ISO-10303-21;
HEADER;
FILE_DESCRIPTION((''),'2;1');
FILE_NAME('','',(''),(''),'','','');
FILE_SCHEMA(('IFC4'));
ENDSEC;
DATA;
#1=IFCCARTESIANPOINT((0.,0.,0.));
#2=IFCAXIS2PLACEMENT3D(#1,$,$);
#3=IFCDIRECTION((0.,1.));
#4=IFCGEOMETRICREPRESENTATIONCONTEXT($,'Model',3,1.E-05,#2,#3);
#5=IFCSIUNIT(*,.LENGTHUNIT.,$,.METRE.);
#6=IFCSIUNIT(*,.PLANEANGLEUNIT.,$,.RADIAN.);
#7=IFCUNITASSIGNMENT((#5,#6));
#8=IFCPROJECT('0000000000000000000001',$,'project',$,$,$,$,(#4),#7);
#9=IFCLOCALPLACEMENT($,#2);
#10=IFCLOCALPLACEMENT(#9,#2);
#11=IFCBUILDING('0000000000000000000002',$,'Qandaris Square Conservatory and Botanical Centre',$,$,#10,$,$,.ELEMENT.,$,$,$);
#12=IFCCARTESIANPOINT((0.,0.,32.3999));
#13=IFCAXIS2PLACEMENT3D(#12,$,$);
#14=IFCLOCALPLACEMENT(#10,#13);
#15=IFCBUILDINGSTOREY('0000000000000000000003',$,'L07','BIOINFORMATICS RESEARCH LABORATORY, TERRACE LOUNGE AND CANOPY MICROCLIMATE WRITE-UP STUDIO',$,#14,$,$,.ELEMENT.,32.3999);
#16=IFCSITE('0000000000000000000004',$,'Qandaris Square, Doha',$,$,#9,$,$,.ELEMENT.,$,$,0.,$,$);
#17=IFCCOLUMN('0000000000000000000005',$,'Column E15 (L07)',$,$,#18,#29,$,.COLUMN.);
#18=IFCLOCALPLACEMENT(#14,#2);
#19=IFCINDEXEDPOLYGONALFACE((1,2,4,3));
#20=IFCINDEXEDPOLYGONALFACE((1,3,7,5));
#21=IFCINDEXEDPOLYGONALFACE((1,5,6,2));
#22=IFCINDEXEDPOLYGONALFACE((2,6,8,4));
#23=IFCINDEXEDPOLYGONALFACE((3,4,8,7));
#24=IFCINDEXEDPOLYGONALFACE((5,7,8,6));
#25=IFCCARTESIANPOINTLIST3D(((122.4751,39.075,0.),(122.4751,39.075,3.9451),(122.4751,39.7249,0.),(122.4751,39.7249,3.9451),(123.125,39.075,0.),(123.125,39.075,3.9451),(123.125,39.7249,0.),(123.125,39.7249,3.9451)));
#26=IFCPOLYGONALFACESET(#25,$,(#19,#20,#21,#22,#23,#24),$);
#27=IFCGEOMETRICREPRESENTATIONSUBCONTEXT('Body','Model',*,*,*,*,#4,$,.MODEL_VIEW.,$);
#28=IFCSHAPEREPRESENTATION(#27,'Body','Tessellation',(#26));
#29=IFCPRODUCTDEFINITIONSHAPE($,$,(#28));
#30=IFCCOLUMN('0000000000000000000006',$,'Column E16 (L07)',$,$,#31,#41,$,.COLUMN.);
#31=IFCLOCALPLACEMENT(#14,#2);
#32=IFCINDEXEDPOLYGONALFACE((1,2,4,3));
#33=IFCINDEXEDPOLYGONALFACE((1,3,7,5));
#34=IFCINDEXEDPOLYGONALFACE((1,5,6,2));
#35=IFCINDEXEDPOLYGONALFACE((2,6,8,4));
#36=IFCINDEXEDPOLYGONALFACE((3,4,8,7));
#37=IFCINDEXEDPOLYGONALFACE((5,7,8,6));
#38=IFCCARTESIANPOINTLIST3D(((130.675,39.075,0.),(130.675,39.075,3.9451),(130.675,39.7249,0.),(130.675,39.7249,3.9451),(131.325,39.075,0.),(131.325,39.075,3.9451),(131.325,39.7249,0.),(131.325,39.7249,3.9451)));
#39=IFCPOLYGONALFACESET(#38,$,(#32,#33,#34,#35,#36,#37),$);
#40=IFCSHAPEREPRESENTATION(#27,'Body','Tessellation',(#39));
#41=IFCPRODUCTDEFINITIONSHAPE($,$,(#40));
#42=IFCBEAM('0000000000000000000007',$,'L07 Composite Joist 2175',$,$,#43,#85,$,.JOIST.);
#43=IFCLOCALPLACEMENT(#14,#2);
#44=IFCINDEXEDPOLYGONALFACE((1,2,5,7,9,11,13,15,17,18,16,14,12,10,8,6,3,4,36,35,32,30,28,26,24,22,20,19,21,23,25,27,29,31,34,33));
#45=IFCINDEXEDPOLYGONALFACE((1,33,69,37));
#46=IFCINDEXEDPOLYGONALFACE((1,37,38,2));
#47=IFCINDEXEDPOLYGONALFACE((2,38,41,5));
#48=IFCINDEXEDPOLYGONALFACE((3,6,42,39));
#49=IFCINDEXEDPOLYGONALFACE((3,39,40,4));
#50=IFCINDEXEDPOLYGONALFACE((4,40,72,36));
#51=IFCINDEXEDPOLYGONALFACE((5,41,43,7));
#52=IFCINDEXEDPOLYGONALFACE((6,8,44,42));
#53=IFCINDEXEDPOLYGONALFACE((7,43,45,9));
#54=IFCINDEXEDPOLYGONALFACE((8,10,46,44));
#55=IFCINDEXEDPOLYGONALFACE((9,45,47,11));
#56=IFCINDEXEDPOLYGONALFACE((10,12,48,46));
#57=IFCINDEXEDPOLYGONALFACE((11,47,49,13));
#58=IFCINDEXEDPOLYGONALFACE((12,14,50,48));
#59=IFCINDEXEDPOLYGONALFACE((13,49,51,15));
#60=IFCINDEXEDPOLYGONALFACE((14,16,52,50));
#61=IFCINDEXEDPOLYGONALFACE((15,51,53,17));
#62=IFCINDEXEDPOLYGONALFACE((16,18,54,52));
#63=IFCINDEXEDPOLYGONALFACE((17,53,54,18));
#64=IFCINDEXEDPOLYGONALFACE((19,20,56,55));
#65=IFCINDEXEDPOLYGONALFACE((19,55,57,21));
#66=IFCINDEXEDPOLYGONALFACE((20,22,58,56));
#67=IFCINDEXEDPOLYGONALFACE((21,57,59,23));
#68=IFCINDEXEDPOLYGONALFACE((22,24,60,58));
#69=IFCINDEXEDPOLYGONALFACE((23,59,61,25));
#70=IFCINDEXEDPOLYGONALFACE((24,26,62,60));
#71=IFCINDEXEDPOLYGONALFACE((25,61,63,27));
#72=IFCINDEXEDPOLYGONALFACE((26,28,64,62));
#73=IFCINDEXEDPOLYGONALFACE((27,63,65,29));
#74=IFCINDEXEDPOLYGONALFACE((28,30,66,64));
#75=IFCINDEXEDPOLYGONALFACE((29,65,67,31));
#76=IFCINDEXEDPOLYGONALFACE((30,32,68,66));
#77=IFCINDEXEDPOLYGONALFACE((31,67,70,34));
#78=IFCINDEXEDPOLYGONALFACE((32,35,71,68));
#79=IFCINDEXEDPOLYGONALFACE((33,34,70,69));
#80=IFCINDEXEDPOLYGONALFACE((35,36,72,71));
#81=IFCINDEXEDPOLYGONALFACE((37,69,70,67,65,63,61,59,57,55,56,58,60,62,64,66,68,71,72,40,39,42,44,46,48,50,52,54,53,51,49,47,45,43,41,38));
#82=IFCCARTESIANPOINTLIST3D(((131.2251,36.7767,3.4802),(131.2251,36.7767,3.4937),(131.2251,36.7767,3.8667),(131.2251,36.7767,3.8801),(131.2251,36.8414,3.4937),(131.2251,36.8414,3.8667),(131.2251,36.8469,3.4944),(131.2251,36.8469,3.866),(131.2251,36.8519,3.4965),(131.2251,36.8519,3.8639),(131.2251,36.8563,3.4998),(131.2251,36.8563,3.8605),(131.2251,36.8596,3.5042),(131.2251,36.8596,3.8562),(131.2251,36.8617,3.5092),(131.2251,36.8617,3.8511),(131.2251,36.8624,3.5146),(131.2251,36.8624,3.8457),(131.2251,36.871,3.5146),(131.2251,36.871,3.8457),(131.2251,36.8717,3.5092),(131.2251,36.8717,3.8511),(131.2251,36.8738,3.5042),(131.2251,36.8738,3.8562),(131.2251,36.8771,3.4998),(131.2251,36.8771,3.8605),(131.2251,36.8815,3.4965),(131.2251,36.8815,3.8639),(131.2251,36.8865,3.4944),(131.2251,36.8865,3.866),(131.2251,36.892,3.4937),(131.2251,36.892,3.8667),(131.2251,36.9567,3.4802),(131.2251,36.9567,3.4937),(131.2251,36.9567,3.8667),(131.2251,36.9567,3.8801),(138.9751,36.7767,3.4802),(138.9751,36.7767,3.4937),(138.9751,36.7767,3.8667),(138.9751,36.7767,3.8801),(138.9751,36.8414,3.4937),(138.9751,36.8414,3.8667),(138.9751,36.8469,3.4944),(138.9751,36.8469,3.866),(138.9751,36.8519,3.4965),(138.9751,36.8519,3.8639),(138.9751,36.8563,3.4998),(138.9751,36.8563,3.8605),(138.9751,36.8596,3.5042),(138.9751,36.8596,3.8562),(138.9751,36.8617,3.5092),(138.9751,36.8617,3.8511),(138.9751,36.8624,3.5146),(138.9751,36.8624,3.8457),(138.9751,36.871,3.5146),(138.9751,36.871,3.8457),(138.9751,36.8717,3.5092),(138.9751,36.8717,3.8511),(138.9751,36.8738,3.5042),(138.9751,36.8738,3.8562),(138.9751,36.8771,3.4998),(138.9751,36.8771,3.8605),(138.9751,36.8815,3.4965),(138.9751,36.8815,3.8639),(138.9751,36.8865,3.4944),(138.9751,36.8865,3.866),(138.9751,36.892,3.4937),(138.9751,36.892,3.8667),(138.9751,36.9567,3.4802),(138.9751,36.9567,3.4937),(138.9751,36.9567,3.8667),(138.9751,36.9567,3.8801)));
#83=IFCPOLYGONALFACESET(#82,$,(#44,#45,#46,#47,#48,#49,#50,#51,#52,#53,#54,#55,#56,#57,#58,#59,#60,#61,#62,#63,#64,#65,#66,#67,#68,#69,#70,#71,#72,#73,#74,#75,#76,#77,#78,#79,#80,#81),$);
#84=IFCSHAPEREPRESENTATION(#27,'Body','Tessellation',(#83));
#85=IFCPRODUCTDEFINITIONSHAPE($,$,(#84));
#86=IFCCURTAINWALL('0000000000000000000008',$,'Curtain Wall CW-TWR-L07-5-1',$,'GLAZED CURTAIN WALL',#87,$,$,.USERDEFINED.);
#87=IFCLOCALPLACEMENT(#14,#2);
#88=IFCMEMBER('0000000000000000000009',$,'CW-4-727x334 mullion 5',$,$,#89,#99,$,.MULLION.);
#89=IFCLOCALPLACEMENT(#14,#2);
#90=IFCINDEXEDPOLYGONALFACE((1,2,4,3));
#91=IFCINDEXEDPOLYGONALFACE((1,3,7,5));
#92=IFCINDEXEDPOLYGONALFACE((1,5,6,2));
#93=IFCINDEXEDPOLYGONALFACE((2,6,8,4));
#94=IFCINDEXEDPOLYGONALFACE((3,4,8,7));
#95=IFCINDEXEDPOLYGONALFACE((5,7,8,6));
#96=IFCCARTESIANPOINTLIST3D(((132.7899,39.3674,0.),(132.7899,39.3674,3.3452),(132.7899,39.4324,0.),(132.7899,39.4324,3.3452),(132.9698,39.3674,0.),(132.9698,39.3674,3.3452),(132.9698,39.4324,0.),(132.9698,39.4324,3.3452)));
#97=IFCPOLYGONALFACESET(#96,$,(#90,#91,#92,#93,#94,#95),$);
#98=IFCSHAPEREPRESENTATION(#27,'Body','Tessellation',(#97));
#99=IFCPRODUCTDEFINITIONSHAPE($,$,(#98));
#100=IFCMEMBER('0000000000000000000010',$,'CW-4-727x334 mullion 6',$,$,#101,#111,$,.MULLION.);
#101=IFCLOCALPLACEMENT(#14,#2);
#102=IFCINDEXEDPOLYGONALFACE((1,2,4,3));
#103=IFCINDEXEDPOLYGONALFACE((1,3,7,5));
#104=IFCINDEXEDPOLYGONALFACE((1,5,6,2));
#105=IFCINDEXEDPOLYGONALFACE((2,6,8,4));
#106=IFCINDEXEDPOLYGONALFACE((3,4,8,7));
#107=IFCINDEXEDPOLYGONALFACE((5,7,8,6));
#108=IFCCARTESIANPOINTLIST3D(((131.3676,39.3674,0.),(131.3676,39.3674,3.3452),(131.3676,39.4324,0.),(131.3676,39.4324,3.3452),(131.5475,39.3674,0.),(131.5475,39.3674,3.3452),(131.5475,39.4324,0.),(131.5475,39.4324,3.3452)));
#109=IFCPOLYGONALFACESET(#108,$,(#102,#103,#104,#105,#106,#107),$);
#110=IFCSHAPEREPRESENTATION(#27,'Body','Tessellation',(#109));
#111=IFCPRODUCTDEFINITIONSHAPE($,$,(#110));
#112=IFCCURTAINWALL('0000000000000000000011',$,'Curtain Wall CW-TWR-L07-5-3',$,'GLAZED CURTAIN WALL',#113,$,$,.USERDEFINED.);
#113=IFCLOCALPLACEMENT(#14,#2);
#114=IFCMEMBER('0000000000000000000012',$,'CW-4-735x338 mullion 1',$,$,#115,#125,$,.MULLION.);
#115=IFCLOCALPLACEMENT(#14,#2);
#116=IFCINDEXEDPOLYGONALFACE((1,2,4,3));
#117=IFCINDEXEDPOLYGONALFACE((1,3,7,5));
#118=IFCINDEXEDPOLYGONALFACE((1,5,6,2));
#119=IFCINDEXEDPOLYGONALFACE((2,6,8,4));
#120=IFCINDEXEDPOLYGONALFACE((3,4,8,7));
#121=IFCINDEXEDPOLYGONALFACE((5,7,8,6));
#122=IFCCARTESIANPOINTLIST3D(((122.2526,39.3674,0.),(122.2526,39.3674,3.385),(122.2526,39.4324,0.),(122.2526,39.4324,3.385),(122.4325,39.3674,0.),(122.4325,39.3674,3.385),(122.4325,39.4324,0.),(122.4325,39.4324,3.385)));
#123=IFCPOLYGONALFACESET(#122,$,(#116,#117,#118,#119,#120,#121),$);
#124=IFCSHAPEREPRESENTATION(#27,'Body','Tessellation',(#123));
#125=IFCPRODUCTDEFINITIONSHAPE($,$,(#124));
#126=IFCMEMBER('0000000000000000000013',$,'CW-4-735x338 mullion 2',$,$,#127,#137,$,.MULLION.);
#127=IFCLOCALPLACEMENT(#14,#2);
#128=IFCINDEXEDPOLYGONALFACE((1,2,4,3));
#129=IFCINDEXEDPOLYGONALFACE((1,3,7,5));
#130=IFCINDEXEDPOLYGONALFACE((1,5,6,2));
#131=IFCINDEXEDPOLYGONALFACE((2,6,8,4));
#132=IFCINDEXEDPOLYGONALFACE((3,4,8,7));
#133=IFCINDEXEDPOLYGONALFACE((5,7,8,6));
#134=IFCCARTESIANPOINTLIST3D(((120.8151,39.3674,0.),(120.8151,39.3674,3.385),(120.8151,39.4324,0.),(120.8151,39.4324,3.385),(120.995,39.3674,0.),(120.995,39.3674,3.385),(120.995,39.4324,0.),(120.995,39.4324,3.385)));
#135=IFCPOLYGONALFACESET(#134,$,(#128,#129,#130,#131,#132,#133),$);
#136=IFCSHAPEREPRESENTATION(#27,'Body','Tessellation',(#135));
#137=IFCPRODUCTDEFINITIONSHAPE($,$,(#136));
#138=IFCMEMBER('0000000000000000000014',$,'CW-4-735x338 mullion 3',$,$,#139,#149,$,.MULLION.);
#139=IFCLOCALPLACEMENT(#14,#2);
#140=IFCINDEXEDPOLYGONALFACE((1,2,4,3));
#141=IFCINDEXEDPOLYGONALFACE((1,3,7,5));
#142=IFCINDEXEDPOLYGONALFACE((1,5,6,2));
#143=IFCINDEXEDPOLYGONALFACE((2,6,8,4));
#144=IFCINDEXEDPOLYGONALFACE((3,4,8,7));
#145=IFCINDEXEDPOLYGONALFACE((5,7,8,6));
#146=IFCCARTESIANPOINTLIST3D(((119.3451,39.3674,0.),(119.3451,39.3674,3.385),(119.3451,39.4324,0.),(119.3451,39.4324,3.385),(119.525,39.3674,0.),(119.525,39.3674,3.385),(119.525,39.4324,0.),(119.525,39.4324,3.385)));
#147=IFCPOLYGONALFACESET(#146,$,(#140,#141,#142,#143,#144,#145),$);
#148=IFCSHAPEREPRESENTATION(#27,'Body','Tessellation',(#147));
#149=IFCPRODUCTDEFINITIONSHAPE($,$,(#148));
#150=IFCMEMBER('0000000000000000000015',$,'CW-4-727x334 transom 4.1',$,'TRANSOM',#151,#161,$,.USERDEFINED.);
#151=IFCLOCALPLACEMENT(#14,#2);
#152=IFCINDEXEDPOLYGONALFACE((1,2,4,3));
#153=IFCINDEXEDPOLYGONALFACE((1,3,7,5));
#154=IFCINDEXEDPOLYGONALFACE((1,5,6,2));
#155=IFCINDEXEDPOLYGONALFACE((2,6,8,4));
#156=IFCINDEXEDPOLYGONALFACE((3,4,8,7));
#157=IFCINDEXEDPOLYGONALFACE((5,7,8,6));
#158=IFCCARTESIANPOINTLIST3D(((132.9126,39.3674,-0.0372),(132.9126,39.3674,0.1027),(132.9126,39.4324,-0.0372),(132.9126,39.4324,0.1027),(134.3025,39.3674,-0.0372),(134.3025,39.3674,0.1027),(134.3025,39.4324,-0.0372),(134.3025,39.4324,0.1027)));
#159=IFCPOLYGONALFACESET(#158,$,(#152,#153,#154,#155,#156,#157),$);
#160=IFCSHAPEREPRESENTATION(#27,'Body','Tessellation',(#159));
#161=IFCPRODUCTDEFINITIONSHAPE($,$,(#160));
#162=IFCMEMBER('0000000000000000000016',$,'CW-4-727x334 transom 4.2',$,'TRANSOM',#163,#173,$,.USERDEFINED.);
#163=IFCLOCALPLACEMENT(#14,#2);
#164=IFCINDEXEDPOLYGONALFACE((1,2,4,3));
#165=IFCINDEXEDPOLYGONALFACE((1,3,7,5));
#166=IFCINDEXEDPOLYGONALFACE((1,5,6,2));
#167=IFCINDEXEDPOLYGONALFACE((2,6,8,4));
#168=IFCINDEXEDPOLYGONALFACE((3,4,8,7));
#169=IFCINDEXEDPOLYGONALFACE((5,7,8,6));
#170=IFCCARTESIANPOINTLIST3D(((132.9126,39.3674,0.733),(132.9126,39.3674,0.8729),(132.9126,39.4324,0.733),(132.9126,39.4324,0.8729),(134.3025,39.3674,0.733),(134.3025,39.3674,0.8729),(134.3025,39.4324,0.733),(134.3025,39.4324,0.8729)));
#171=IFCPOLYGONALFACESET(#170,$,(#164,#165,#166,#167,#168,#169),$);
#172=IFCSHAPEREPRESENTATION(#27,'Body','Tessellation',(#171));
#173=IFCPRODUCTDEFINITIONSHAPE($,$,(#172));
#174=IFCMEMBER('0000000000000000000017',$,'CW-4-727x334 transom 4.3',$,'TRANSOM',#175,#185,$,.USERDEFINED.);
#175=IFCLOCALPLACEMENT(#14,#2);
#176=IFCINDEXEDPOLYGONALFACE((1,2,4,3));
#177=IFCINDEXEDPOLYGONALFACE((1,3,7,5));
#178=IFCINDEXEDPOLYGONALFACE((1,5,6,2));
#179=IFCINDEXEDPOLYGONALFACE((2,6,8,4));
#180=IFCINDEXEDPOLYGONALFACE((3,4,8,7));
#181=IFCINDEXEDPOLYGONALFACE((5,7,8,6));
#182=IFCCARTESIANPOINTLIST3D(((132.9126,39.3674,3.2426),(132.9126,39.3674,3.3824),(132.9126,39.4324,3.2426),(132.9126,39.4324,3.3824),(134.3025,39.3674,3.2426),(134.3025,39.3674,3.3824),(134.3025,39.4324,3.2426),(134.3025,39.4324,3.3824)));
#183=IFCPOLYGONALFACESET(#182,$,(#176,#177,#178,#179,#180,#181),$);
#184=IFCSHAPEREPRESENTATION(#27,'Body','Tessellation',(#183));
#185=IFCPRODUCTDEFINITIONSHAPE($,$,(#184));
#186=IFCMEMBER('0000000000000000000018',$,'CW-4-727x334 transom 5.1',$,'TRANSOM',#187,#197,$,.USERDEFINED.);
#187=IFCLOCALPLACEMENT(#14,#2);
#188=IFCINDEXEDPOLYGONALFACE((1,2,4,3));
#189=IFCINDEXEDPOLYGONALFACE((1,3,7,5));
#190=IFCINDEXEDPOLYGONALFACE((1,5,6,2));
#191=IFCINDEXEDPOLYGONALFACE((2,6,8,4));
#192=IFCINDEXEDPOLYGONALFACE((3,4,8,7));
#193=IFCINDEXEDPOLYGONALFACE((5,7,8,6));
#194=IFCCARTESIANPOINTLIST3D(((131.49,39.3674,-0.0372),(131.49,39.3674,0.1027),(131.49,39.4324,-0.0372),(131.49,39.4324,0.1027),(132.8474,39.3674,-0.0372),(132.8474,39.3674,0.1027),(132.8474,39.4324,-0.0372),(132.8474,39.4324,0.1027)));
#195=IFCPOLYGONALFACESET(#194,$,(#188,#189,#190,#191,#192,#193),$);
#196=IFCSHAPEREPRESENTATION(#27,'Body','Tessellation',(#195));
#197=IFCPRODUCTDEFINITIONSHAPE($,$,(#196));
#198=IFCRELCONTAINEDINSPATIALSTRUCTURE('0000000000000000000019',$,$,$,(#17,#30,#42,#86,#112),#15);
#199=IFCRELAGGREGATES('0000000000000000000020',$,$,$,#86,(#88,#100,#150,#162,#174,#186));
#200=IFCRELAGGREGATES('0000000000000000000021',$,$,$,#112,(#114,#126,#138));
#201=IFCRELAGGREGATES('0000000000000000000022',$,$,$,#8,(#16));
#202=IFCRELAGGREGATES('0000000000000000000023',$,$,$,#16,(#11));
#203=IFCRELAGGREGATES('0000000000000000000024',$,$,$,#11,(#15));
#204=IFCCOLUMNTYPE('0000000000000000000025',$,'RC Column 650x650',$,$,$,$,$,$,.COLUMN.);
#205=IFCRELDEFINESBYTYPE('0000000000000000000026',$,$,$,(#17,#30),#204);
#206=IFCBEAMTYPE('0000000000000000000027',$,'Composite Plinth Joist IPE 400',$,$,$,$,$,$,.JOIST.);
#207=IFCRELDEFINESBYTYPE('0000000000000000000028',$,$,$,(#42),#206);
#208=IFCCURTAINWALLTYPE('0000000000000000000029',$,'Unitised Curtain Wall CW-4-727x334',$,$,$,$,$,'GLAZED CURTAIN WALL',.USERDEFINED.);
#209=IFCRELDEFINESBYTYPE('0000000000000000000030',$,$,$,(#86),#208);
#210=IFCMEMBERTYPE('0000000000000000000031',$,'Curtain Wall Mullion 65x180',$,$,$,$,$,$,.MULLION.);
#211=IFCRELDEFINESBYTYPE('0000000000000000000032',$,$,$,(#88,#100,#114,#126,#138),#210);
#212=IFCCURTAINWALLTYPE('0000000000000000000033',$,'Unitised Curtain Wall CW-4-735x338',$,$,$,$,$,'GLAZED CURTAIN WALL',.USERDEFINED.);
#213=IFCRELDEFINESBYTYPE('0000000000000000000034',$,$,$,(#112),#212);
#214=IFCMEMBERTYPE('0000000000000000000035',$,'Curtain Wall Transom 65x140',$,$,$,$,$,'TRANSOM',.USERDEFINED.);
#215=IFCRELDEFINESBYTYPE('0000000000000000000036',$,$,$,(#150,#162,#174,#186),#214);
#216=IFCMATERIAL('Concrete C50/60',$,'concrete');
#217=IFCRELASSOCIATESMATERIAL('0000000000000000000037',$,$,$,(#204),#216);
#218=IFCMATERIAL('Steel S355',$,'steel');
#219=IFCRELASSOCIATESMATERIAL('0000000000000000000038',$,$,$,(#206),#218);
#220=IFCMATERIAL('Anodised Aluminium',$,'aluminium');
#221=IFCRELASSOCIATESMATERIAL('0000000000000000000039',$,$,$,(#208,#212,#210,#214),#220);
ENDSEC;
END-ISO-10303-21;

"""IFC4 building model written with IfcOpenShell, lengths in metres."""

from ifc_helpers import new_model, si_unit, direction, frame, origin, origin_2d, place, context, subcontext, project, spatial, rectangle, i_section, extrude, material, material_profile, profile_set, type_object, element, aggregate, save


model = new_model("IFC4")

# Units and contexts
model_context = context("Model", 3, precision=1e-05, world=origin(), true_north=direction((0.0, 1.0)))
body_context = subcontext(model_context, "Body", "Model", "MODEL_VIEW")
ifc_project = project(units=[si_unit("LENGTHUNIT", "METRE"), si_unit("PLANEANGLEUNIT", "RADIAN")], contexts=[model_context])

# Site, building, storey
site_placement = place(None, origin())
site = spatial("IfcSite", under=ifc_project, at=site_placement, Name="Qandaris Square, Doha", CompositionType="ELEMENT", RefElevation=0.0)
building_placement = place(site_placement, origin())
building = spatial("IfcBuilding", under=site, at=building_placement, Name="Qandaris Square Conservatory and Botanical Centre", CompositionType="ELEMENT")
storey_placement = place(building_placement, frame((0.0, 0.0, 32.3999)))
storey = spatial("IfcBuildingStorey", under=building, at=storey_placement, Name="L07", Description="BIOINFORMATICS RESEARCH LABORATORY, TERRACE LOUNGE AND CANOPY MICROCLIMATE WRITE-UP STUDIO", CompositionType="ELEMENT", Elevation=32.3999)

# Columns
ifc_material_1 = material(Name="Concrete C50/60", Category="concrete")
ifc_material_profile_1 = material_profile(ifc_material_1, rectangle(XDim=0.6499, YDim=0.6499, at=origin_2d()), Name="RC-COL 650x650")
ifc_profile_set_1 = profile_set([ifc_material_profile_1], Name="Concrete C50/60")
column_type = type_object("IfcColumnType", Name="RC Column 650x650", PredefinedType="COLUMN", material=ifc_profile_set_1)
for number, where, z_axis, x_axis, name in (
    (1, (122.8, 39.3999, 0.0), (0.0, 0.0, 1.0), (1.0, 0.0, 0.0), "Column E15 (L07)"),
    (2, (131.0, 39.3999, 0.0), (0.0, 0.0, 1.0), (1.0, 0.0, 0.0), "Column E16 (L07)"),
):
    element("IfcColumn", number, at=place(storey_placement, frame(where, z_axis=z_axis, x_axis=x_axis)), inside=storey, type_object=column_type, Name=name, PredefinedType="COLUMN", context=body_context, shape_type="SweptSolid", body=[
        extrude(rectangle(XDim=0.6499, YDim=0.6499, at=origin_2d()), origin(), (0.0, 0.0, 1.0), 3.9451),
    ])

# Beam
ifc_material_2 = material(Name="Steel S355", Category="steel")
ifc_material_profile_2 = material_profile(ifc_material_2, i_section(OverallWidth=0.1799, OverallDepth=0.3999, WebThickness=0.0085, FlangeThickness=0.0134, FilletRadius=0.021, at=origin_2d()), Name="IPE 400")
ifc_profile_set_2 = profile_set([ifc_material_profile_2], Name="Steel S355")
beam_type_1 = type_object("IfcBeamType", Name="Composite Plinth Joist IPE 400", PredefinedType="JOIST", material=ifc_profile_set_2)
beam_placement = place(storey_placement, frame((131.2251, 36.8667, 3.6802), z_axis=(1.0, 0.0, 0.0), x_axis=(0.0, 1.0, 0.0)))
element("IfcBeam", 3, at=beam_placement, inside=storey, type_object=beam_type_1, Name="L07 Composite Joist 2175", PredefinedType="JOIST", context=body_context, shape_type="SweptSolid", body=[
    extrude(i_section(OverallWidth=0.1799, OverallDepth=0.3999, WebThickness=0.0085, FlangeThickness=0.0134, FilletRadius=0.021, at=origin_2d()), origin(), (0.0, 0.0, 1.0), 7.75),
])

# Curtain walls, members
ifc_material_3 = material(Name="Anodised Aluminium", Category="aluminium")
curtain_wall_type_1 = type_object("IfcCurtainWallType", Name="Unitised Curtain Wall CW-4-727x334", ElementType="GLAZED CURTAIN WALL", PredefinedType="USERDEFINED", material=ifc_material_3)
curtain_wall_1_placement = place(storey_placement, origin())
curtain_wall_1 = element("IfcCurtainWall", 4, at=curtain_wall_1_placement, inside=storey, type_object=curtain_wall_type_1, Name="Curtain Wall CW-TWR-L07-5-1", ObjectType="GLAZED CURTAIN WALL", PredefinedType="USERDEFINED")
ifc_material_profile_3 = material_profile(ifc_material_3, rectangle(XDim=0.0649, YDim=0.1799, at=origin_2d()), Name="ALU-MUL 65x180")
ifc_profile_set_3 = profile_set([ifc_material_profile_3], Name="Anodised Aluminium")
member_type_1 = type_object("IfcMemberType", Name="Curtain Wall Mullion 65x180", PredefinedType="MULLION", material=ifc_profile_set_3)
member_1_placement = place(storey_placement, frame((132.8799, 39.3999, 0.0), z_axis=(0.0, 0.0, 1.0), x_axis=(0.0, -1.0, 0.0)))
member_1 = element("IfcMember", 5, at=member_1_placement, type_object=member_type_1, Name="CW-4-727x334 mullion 5", PredefinedType="MULLION", context=body_context, shape_type="SweptSolid", body=[
    extrude(rectangle(XDim=0.0649, YDim=0.1799, at=origin_2d()), origin(), (0.0, 0.0, 1.0), 3.3452),
])
member_2_placement = place(storey_placement, frame((131.4575, 39.3999, 0.0), z_axis=(0.0, 0.0, 1.0), x_axis=(0.0, -1.0, 0.0)))
member_2 = element("IfcMember", 6, at=member_2_placement, type_object=member_type_1, Name="CW-4-727x334 mullion 6", PredefinedType="MULLION", context=body_context, shape_type="SweptSolid", body=[
    extrude(rectangle(XDim=0.0649, YDim=0.1799, at=origin_2d()), origin(), (0.0, 0.0, 1.0), 3.3452),
])
curtain_wall_type_2 = type_object("IfcCurtainWallType", Name="Unitised Curtain Wall CW-4-735x338", ElementType="GLAZED CURTAIN WALL", PredefinedType="USERDEFINED", material=ifc_material_3)
curtain_wall_2_placement = place(storey_placement, origin())
curtain_wall_2 = element("IfcCurtainWall", 7, at=curtain_wall_2_placement, inside=storey, type_object=curtain_wall_type_2, Name="Curtain Wall CW-TWR-L07-5-3", ObjectType="GLAZED CURTAIN WALL", PredefinedType="USERDEFINED")
member_3_placement = place(storey_placement, frame((122.3425, 39.3999, 0.0), z_axis=(0.0, 0.0, 1.0), x_axis=(0.0, -1.0, 0.0)))
member_3 = element("IfcMember", 8, at=member_3_placement, type_object=member_type_1, Name="CW-4-735x338 mullion 1", PredefinedType="MULLION", context=body_context, shape_type="SweptSolid", body=[
    extrude(rectangle(XDim=0.0649, YDim=0.1799, at=origin_2d()), origin(), (0.0, 0.0, 1.0), 3.385),
])
member_4_placement = place(storey_placement, frame((120.905, 39.3999, 0.0), z_axis=(0.0, 0.0, 1.0), x_axis=(0.0, -1.0, 0.0)))
member_4 = element("IfcMember", 9, at=member_4_placement, type_object=member_type_1, Name="CW-4-735x338 mullion 2", PredefinedType="MULLION", context=body_context, shape_type="SweptSolid", body=[
    extrude(rectangle(XDim=0.0649, YDim=0.1799, at=origin_2d()), origin(), (0.0, 0.0, 1.0), 3.385),
])
member_5_placement = place(storey_placement, frame((119.4351, 39.3999, 0.0), z_axis=(0.0, 0.0, 1.0), x_axis=(0.0, -1.0, 0.0)))
member_5 = element("IfcMember", 10, at=member_5_placement, type_object=member_type_1, Name="CW-4-735x338 mullion 3", PredefinedType="MULLION", context=body_context, shape_type="SweptSolid", body=[
    extrude(rectangle(XDim=0.0649, YDim=0.1799, at=origin_2d()), origin(), (0.0, 0.0, 1.0), 3.385),
])

# Members
ifc_material_profile_4 = material_profile(ifc_material_3, rectangle(XDim=0.0649, YDim=0.1399, at=origin_2d()), Name="ALU-TRN 65x140")
ifc_profile_set_4 = profile_set([ifc_material_profile_4], Name="Anodised Aluminium")
member_type_2 = type_object("IfcMemberType", Name="Curtain Wall Transom 65x140", ElementType="TRANSOM", PredefinedType="USERDEFINED", material=ifc_profile_set_4)
member_6_placement = place(storey_placement, frame((134.3025, 39.3999, 0.0327), z_axis=(-1.0, 0.0, 0.0), x_axis=(0.0, -1.0, 0.0)))
member_6 = element("IfcMember", 11, at=member_6_placement, type_object=member_type_2, Name="CW-4-727x334 transom 4.1", ObjectType="TRANSOM", PredefinedType="USERDEFINED", context=body_context, shape_type="SweptSolid", body=[
    extrude(rectangle(XDim=0.0649, YDim=0.1399, at=origin_2d()), origin(), (0.0, 0.0, 1.0), 1.3899),
])
member_7_placement = place(storey_placement, frame((134.3025, 39.3999, 0.803), z_axis=(-1.0, 0.0, 0.0), x_axis=(0.0, -1.0, 0.0)))
member_7 = element("IfcMember", 12, at=member_7_placement, type_object=member_type_2, Name="CW-4-727x334 transom 4.2", ObjectType="TRANSOM", PredefinedType="USERDEFINED", context=body_context, shape_type="SweptSolid", body=[
    extrude(rectangle(XDim=0.0649, YDim=0.1399, at=origin_2d()), origin(), (0.0, 0.0, 1.0), 1.3899),
])
member_8_placement = place(storey_placement, frame((134.3025, 39.3999, 3.3125), z_axis=(-1.0, 0.0, 0.0), x_axis=(0.0, -1.0, 0.0)))
member_8 = element("IfcMember", 13, at=member_8_placement, type_object=member_type_2, Name="CW-4-727x334 transom 4.3", ObjectType="TRANSOM", PredefinedType="USERDEFINED", context=body_context, shape_type="SweptSolid", body=[
    extrude(rectangle(XDim=0.0649, YDim=0.1399, at=origin_2d()), origin(), (0.0, 0.0, 1.0), 1.3899),
])
member_9_placement = place(storey_placement, frame((132.8474, 39.3999, 0.0327), z_axis=(-1.0, 0.0, 0.0), x_axis=(0.0, -1.0, 0.0)))
member_9 = element("IfcMember", 14, at=member_9_placement, type_object=member_type_2, Name="CW-4-727x334 transom 5.1", ObjectType="TRANSOM", PredefinedType="USERDEFINED", context=body_context, shape_type="SweptSolid", body=[
    extrude(rectangle(XDim=0.0649, YDim=0.1399, at=origin_2d()), origin(), (0.0, 0.0, 1.0), 1.3574),
])

aggregate(curtain_wall_1, [member_1, member_2, member_6, member_7, member_8, member_9])
aggregate(curtain_wall_2, [member_3, member_4, member_5])

save(model, "model.ifc")
